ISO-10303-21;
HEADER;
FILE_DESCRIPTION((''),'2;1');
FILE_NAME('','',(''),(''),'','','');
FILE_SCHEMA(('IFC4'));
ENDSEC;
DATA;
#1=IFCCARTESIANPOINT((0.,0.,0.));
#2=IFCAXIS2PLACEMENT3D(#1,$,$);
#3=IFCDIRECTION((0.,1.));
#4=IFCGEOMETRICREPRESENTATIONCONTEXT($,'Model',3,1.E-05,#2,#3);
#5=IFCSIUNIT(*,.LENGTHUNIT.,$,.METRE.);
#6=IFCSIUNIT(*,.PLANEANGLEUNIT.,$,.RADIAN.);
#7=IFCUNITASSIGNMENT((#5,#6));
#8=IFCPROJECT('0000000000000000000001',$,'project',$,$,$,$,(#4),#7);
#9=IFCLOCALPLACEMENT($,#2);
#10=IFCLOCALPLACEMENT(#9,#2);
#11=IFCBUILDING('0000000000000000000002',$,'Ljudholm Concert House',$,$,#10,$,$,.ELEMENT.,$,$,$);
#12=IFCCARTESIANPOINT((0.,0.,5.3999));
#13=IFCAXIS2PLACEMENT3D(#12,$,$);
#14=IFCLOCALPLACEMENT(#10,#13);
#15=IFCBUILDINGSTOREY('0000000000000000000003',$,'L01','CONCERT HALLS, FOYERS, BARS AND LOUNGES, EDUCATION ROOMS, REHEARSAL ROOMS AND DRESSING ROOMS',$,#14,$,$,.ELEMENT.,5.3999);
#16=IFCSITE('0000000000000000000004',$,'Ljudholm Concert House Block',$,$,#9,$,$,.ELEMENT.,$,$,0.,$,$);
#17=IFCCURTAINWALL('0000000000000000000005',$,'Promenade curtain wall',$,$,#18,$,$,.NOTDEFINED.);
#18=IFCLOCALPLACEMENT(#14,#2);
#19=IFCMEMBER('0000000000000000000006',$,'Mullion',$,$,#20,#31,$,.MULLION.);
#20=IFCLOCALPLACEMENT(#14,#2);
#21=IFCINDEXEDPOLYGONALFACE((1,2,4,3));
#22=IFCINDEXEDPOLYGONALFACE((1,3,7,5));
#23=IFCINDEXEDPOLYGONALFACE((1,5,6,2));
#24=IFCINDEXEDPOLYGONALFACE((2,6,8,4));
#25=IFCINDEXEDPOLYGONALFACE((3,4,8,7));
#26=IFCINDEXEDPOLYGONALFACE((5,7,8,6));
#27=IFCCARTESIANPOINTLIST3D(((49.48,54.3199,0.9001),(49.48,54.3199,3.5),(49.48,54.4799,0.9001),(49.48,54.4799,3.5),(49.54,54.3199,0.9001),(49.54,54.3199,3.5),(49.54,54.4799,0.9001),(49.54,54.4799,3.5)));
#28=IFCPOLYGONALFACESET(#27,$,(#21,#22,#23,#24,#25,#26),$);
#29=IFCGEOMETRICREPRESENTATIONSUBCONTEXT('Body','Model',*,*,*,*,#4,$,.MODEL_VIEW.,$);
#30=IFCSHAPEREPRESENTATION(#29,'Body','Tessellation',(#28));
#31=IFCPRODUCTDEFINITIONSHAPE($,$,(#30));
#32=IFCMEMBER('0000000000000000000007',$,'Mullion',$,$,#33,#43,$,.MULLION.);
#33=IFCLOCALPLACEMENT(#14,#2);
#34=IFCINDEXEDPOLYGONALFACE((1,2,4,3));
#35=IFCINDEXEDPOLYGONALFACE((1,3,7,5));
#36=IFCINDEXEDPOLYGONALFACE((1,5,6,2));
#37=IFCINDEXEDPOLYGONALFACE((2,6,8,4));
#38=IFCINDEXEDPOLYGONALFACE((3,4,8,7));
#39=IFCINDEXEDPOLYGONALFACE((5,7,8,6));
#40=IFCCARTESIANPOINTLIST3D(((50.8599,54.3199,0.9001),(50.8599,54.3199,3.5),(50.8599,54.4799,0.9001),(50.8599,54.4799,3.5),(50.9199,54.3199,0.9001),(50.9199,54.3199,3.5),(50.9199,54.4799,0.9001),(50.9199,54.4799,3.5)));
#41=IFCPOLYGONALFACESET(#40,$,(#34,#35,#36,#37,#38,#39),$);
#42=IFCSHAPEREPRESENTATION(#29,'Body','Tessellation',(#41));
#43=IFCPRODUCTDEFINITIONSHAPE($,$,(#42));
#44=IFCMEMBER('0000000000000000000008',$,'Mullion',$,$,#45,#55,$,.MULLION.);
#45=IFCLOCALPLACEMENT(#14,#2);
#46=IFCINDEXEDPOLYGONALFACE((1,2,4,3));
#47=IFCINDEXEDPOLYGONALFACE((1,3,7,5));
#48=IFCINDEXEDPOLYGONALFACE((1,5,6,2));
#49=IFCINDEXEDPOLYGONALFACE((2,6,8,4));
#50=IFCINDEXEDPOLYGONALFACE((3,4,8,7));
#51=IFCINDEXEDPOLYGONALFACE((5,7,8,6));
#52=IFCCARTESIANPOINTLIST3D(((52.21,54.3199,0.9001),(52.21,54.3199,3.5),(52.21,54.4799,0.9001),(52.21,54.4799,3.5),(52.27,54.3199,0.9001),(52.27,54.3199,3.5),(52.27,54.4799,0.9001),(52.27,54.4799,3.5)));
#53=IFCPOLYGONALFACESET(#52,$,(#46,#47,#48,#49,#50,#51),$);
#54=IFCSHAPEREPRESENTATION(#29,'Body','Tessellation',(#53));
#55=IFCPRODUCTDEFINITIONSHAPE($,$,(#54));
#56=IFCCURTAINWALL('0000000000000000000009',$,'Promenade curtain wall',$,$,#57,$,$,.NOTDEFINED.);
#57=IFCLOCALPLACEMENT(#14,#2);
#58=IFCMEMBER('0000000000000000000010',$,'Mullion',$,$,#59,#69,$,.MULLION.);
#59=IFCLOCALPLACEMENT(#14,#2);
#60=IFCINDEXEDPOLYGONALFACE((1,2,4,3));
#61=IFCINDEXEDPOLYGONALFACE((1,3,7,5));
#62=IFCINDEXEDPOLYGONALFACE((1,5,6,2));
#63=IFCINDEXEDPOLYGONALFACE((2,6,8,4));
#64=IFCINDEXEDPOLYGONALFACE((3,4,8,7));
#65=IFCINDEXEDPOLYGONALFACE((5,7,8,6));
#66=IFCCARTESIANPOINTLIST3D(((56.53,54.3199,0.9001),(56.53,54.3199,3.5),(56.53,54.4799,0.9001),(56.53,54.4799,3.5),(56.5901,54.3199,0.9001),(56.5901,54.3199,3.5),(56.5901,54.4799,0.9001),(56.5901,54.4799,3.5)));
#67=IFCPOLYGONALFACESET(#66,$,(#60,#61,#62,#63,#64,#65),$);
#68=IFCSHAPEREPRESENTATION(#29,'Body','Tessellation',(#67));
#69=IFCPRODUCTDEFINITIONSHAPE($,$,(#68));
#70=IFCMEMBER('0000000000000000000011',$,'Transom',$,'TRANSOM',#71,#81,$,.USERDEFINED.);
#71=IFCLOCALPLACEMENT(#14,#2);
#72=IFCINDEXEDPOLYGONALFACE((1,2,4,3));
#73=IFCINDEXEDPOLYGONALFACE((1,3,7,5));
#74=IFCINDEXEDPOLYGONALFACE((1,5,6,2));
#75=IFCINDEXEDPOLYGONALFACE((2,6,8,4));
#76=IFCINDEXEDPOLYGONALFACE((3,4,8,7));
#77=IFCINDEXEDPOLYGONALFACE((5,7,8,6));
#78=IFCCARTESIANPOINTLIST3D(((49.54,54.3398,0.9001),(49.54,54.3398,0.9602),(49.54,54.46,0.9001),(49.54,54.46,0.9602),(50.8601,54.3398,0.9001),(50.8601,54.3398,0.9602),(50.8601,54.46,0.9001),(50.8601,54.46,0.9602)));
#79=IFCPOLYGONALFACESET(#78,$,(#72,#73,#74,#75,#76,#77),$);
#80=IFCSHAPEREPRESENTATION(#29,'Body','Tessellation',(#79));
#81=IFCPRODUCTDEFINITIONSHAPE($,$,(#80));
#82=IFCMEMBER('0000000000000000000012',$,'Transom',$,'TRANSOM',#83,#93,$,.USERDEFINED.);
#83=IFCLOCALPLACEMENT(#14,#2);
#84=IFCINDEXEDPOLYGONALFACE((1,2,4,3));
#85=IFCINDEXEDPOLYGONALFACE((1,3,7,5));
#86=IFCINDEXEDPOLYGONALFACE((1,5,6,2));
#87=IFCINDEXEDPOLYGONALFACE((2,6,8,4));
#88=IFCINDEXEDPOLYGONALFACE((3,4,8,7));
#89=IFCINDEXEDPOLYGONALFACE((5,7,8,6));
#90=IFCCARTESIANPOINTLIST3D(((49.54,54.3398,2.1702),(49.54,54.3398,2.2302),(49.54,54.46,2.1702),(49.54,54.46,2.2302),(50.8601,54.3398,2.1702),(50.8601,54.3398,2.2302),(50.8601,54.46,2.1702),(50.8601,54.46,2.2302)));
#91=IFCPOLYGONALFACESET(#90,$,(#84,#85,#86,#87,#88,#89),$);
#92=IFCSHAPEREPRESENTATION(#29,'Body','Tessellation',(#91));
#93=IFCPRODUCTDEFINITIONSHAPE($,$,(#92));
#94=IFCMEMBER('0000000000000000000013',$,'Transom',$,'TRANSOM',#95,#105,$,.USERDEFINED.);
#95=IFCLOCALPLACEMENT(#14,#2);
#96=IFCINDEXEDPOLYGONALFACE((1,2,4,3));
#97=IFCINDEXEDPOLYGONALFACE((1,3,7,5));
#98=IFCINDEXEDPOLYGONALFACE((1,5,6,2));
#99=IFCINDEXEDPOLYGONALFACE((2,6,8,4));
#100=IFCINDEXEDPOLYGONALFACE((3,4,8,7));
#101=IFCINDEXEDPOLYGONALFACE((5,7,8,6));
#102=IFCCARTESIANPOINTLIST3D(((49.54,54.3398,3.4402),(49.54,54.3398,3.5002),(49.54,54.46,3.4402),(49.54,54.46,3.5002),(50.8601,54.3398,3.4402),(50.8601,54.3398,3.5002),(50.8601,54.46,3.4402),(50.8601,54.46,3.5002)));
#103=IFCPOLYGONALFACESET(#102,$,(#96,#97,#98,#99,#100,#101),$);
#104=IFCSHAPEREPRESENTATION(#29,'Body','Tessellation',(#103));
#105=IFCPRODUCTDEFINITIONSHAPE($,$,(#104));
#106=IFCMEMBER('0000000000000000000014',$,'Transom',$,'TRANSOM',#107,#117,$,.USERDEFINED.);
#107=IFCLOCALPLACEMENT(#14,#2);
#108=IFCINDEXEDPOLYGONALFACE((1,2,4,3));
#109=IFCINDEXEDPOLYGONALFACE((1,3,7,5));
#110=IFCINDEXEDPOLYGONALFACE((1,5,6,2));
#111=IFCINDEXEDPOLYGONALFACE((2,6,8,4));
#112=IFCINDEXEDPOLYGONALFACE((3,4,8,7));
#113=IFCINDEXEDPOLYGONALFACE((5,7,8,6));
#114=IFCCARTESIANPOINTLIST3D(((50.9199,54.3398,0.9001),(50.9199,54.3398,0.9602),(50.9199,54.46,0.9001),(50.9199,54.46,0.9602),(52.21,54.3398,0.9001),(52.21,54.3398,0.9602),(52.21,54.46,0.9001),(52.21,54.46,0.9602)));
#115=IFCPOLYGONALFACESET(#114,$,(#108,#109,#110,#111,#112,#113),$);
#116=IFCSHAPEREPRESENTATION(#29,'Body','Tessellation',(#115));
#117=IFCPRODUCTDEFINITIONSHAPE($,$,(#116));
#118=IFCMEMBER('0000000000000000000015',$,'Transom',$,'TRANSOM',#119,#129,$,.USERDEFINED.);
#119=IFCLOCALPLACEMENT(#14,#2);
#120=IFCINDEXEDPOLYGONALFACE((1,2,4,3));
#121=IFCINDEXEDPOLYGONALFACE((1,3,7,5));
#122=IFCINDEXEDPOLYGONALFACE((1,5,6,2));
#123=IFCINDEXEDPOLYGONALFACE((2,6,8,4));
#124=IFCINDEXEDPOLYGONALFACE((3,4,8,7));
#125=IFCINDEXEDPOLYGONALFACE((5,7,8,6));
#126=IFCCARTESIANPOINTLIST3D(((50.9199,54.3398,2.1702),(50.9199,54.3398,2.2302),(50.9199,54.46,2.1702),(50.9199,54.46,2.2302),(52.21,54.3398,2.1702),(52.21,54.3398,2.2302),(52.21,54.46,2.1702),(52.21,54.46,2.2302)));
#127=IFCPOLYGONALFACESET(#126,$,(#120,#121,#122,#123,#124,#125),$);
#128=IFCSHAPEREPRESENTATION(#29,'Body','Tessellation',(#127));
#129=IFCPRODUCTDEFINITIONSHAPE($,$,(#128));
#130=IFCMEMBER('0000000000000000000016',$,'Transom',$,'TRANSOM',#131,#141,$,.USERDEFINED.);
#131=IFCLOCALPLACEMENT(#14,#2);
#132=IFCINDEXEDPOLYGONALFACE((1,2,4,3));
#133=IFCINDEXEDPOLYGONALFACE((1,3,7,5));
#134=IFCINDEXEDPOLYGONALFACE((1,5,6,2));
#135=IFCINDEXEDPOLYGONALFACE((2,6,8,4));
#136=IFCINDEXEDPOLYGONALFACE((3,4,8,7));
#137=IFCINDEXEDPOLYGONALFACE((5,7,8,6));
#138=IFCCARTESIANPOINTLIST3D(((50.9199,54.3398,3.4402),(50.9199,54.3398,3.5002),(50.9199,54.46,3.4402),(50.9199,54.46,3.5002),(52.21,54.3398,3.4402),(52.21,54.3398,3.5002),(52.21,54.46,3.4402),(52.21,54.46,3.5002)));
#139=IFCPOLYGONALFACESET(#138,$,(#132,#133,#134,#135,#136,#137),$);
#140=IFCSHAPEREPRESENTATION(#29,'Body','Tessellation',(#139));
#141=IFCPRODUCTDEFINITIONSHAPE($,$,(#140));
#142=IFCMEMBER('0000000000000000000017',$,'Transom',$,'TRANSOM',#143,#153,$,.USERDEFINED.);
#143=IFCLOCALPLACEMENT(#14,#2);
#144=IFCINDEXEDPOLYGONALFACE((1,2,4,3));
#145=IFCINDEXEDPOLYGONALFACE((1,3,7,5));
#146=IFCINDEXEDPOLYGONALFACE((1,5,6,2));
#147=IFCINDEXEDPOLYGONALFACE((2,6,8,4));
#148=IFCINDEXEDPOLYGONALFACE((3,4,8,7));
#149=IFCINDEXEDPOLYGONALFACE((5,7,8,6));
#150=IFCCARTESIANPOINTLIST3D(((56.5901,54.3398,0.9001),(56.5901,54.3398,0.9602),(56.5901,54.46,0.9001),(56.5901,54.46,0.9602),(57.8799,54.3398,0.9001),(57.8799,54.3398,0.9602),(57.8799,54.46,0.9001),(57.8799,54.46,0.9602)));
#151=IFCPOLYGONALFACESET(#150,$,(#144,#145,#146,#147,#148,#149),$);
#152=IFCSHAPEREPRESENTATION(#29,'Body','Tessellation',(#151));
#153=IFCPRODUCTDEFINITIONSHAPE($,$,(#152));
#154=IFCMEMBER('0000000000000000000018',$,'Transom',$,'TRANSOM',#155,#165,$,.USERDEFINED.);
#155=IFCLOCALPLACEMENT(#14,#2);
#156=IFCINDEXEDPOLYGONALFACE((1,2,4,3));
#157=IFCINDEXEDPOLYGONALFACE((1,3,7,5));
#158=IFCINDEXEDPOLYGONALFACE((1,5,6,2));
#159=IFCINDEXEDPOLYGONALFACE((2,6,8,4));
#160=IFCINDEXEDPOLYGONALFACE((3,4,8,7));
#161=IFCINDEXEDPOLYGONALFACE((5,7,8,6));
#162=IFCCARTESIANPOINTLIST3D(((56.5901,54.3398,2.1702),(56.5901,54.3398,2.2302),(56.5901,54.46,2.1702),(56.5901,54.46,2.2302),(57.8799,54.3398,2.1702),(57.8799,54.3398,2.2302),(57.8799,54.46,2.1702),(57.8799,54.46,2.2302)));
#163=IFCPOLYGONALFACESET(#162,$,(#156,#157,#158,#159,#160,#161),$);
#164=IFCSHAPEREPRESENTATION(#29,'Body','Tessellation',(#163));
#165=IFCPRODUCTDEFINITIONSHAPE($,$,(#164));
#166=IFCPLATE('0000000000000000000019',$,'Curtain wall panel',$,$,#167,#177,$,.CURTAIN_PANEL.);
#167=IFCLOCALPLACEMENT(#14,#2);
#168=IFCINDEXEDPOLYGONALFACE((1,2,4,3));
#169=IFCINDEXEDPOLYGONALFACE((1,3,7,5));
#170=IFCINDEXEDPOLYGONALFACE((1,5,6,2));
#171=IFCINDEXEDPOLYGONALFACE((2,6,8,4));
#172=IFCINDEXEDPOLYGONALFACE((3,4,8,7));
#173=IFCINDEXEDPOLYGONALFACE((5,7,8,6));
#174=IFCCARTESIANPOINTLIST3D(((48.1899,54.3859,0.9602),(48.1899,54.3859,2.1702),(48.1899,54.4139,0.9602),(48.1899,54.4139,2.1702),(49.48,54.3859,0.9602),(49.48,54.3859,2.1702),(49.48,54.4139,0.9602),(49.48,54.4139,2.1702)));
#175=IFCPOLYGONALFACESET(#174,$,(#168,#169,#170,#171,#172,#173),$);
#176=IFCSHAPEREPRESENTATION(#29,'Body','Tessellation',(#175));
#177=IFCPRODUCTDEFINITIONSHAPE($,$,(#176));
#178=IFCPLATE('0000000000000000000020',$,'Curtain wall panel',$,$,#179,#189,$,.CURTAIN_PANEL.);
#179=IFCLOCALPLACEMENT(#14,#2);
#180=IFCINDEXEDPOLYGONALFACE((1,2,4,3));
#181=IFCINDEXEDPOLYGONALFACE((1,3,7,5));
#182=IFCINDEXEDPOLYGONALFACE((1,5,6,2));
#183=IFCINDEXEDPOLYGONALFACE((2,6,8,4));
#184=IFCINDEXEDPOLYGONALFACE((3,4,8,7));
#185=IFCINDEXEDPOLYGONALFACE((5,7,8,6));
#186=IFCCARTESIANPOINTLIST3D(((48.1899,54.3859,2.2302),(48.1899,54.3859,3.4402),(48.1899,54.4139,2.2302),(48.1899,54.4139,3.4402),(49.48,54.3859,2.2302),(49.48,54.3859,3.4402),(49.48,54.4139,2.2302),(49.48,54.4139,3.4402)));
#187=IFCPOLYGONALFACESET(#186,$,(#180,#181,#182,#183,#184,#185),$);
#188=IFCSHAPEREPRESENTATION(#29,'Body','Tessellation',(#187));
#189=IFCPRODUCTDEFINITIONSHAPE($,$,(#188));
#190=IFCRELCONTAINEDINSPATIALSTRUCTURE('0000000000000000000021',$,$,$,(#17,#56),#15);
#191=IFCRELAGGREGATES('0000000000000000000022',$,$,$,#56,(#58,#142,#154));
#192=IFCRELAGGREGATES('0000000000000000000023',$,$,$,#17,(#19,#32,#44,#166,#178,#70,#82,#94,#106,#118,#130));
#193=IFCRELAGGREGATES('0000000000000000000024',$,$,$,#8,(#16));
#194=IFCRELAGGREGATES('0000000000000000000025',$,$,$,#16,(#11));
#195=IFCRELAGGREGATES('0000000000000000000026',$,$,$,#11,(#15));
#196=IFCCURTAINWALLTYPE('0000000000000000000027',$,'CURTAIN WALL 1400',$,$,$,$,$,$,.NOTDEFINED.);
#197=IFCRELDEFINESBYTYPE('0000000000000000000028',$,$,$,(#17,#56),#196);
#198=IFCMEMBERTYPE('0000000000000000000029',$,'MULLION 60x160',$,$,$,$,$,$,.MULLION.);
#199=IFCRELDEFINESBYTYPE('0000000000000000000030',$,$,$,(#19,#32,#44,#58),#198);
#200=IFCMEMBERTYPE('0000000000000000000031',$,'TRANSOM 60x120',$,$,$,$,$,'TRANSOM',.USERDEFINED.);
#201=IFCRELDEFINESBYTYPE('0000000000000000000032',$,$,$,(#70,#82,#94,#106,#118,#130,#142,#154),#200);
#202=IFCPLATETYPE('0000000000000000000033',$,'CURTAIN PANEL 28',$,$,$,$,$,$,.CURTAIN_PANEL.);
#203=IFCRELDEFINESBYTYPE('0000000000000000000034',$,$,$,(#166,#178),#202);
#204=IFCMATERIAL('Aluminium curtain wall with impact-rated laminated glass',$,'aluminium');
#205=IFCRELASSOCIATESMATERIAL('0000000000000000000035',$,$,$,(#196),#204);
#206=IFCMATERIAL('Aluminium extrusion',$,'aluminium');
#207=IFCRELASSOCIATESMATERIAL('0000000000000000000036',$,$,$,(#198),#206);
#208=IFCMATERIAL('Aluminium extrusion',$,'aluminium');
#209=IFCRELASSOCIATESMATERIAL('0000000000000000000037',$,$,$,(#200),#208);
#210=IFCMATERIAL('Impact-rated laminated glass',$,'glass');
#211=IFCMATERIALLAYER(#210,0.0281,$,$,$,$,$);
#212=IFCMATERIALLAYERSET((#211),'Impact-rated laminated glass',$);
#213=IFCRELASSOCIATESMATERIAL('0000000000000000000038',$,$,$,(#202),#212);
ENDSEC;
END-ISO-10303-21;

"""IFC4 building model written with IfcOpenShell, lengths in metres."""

from ifc_helpers import new_model, si_unit, direction, frame, origin, origin_2d, place, context, subcontext, project, spatial, rectangle, extrude, material, layer, layer_set, material_profile, profile_set, type_object, element, aggregate, save


model = new_model("IFC4")

# Units and contexts
model_context = context("Model", 3, precision=1e-05, world=origin(), true_north=direction((0.0, 1.0)))
body_context = subcontext(model_context, "Body", "Model", "MODEL_VIEW")
ifc_project = project(units=[si_unit("LENGTHUNIT", "METRE"), si_unit("PLANEANGLEUNIT", "RADIAN")], contexts=[model_context])

# Site, building, storey
site_placement = place(None, origin())
site = spatial("IfcSite", under=ifc_project, at=site_placement, Name="Ljudholm Concert House Block", CompositionType="ELEMENT", RefElevation=0.0)
building_placement = place(site_placement, origin())
building = spatial("IfcBuilding", under=site, at=building_placement, Name="Ljudholm Concert House", CompositionType="ELEMENT")
storey_placement = place(building_placement, frame((0.0, 0.0, 5.3999)))
storey = spatial("IfcBuildingStorey", under=building, at=storey_placement, Name="L01", Description="CONCERT HALLS, FOYERS, BARS AND LOUNGES, EDUCATION ROOMS, REHEARSAL ROOMS AND DRESSING ROOMS", CompositionType="ELEMENT", Elevation=5.3999)

# Curtain wall, members
ifc_material_1 = material(Name="Aluminium curtain wall with impact-rated laminated glass", Category="aluminium")
curtain_wall_type = type_object("IfcCurtainWallType", Name="CURTAIN WALL 1400", PredefinedType="NOTDEFINED", material=ifc_material_1)
curtain_wall_1_placement = place(storey_placement, origin())
curtain_wall_1 = element("IfcCurtainWall", 1, at=curtain_wall_1_placement, inside=storey, type_object=curtain_wall_type, Name="Promenade curtain wall", PredefinedType="NOTDEFINED")
ifc_material_2 = material(Name="Aluminium extrusion", Category="aluminium")
ifc_material_profile_1 = material_profile(ifc_material_2, rectangle(XDim=0.1599, YDim=0.0601, at=origin_2d()), Name="MULLION 60x160")
ifc_profile_set_1 = profile_set([ifc_material_profile_1], Name="Aluminium extrusion")
member_type_1 = type_object("IfcMemberType", Name="MULLION 60x160", PredefinedType="MULLION", material=ifc_profile_set_1)
member_1_placement = place(storey_placement, frame((49.51, 54.3999, 0.9001), z_axis=(0.0, 0.0, 1.0), x_axis=(0.0, 1.0, 0.0)))
member_1 = element("IfcMember", 2, at=member_1_placement, type_object=member_type_1, Name="Mullion", PredefinedType="MULLION", context=body_context, shape_type="SweptSolid", body=[
    extrude(rectangle(XDim=0.1599, YDim=0.0601, at=origin_2d()), origin(), (0.0, 0.0, 1.0), 2.5999),
])
member_2_placement = place(storey_placement, frame((50.8899, 54.3999, 0.9001), z_axis=(0.0, 0.0, 1.0), x_axis=(0.0, 1.0, 0.0)))
member_2 = element("IfcMember", 3, at=member_2_placement, type_object=member_type_1, Name="Mullion", PredefinedType="MULLION", context=body_context, shape_type="SweptSolid", body=[
    extrude(rectangle(XDim=0.1599, YDim=0.0601, at=origin_2d()), origin(), (0.0, 0.0, 1.0), 2.5999),
])
member_3_placement = place(storey_placement, frame((52.24, 54.3999, 0.9001), z_axis=(0.0, 0.0, 1.0), x_axis=(0.0, 1.0, 0.0)))
member_3 = element("IfcMember", 4, at=member_3_placement, type_object=member_type_1, Name="Mullion", PredefinedType="MULLION", context=body_context, shape_type="SweptSolid", body=[
    extrude(rectangle(XDim=0.1599, YDim=0.0601, at=origin_2d()), origin(), (0.0, 0.0, 1.0), 2.5999),
])

# Curtain wall, member
curtain_wall_2_placement = place(storey_placement, origin())
curtain_wall_2 = element("IfcCurtainWall", 5, at=curtain_wall_2_placement, inside=storey, type_object=curtain_wall_type, Name="Promenade curtain wall", PredefinedType="NOTDEFINED")
member_4_placement = place(storey_placement, frame((56.5601, 54.3999, 0.9001), z_axis=(0.0, 0.0, 1.0), x_axis=(0.0, 1.0, 0.0)))
member_4 = element("IfcMember", 6, at=member_4_placement, type_object=member_type_1, Name="Mullion", PredefinedType="MULLION", context=body_context, shape_type="SweptSolid", body=[
    extrude(rectangle(XDim=0.1599, YDim=0.0601, at=origin_2d()), origin(), (0.0, 0.0, 1.0), 2.5999),
])

# Members
ifc_material_3 = material(Name="Aluminium extrusion", Category="aluminium")
ifc_material_profile_2 = material_profile(ifc_material_3, rectangle(XDim=0.1201, YDim=0.0601, at=origin_2d()), Name="TRANSOM 60x120")
ifc_profile_set_2 = profile_set([ifc_material_profile_2], Name="Aluminium extrusion")
member_type_2 = type_object("IfcMemberType", Name="TRANSOM 60x120", ElementType="TRANSOM", PredefinedType="USERDEFINED", material=ifc_profile_set_2)
member_5_placement = place(storey_placement, frame((49.54, 54.3999, 0.9302), z_axis=(1.0, 0.0, 0.0), x_axis=(0.0, 1.0, 0.0)))
member_5 = element("IfcMember", 7, at=member_5_placement, type_object=member_type_2, Name="Transom", ObjectType="TRANSOM", PredefinedType="USERDEFINED", context=body_context, shape_type="SweptSolid", body=[
    extrude(rectangle(XDim=0.1201, YDim=0.0601, at=origin_2d()), origin(), (0.0, 0.0, 1.0), 1.3201),
])
member_6_placement = place(storey_placement, frame((49.54, 54.3999, 2.2002), z_axis=(1.0, 0.0, 0.0), x_axis=(0.0, 1.0, 0.0)))
member_6 = element("IfcMember", 8, at=member_6_placement, type_object=member_type_2, Name="Transom", ObjectType="TRANSOM", PredefinedType="USERDEFINED", context=body_context, shape_type="SweptSolid", body=[
    extrude(rectangle(XDim=0.1201, YDim=0.0601, at=origin_2d()), origin(), (0.0, 0.0, 1.0), 1.3201),
])
member_7_placement = place(storey_placement, frame((49.54, 54.3999, 3.4702), z_axis=(1.0, 0.0, 0.0), x_axis=(0.0, 1.0, 0.0)))
member_7 = element("IfcMember", 9, at=member_7_placement, type_object=member_type_2, Name="Transom", ObjectType="TRANSOM", PredefinedType="USERDEFINED", context=body_context, shape_type="SweptSolid", body=[
    extrude(rectangle(XDim=0.1201, YDim=0.0601, at=origin_2d()), origin(), (0.0, 0.0, 1.0), 1.3201),
])
member_8_placement = place(storey_placement, frame((50.9199, 54.3999, 0.9302), z_axis=(1.0, 0.0, 0.0), x_axis=(0.0, 1.0, 0.0)))
member_8 = element("IfcMember", 10, at=member_8_placement, type_object=member_type_2, Name="Transom", ObjectType="TRANSOM", PredefinedType="USERDEFINED", context=body_context, shape_type="SweptSolid", body=[
    extrude(rectangle(XDim=0.1201, YDim=0.0601, at=origin_2d()), origin(), (0.0, 0.0, 1.0), 1.29),
])
member_9_placement = place(storey_placement, frame((50.9199, 54.3999, 2.2002), z_axis=(1.0, 0.0, 0.0), x_axis=(0.0, 1.0, 0.0)))
member_9 = element("IfcMember", 11, at=member_9_placement, type_object=member_type_2, Name="Transom", ObjectType="TRANSOM", PredefinedType="USERDEFINED", context=body_context, shape_type="SweptSolid", body=[
    extrude(rectangle(XDim=0.1201, YDim=0.0601, at=origin_2d()), origin(), (0.0, 0.0, 1.0), 1.29),
])
member_10_placement = place(storey_placement, frame((50.9199, 54.3999, 3.4702), z_axis=(1.0, 0.0, 0.0), x_axis=(0.0, 1.0, 0.0)))
member_10 = element("IfcMember", 12, at=member_10_placement, type_object=member_type_2, Name="Transom", ObjectType="TRANSOM", PredefinedType="USERDEFINED", context=body_context, shape_type="SweptSolid", body=[
    extrude(rectangle(XDim=0.1201, YDim=0.0601, at=origin_2d()), origin(), (0.0, 0.0, 1.0), 1.29),
])
member_11_placement = place(storey_placement, frame((56.5901, 54.3999, 0.9302), z_axis=(1.0, 0.0, 0.0), x_axis=(0.0, 1.0, 0.0)))
member_11 = element("IfcMember", 13, at=member_11_placement, type_object=member_type_2, Name="Transom", ObjectType="TRANSOM", PredefinedType="USERDEFINED", context=body_context, shape_type="SweptSolid", body=[
    extrude(rectangle(XDim=0.1201, YDim=0.0601, at=origin_2d()), origin(), (0.0, 0.0, 1.0), 1.2898),
])
member_12_placement = place(storey_placement, frame((56.5901, 54.3999, 2.2002), z_axis=(1.0, 0.0, 0.0), x_axis=(0.0, 1.0, 0.0)))
member_12 = element("IfcMember", 14, at=member_12_placement, type_object=member_type_2, Name="Transom", ObjectType="TRANSOM", PredefinedType="USERDEFINED", context=body_context, shape_type="SweptSolid", body=[
    extrude(rectangle(XDim=0.1201, YDim=0.0601, at=origin_2d()), origin(), (0.0, 0.0, 1.0), 1.2898),
])
aggregate(curtain_wall_2, [member_4, member_11, member_12])

# Plates
ifc_material_4 = material(Name="Impact-rated laminated glass", Category="glass")
ifc_layer_1 = layer(ifc_material_4, 0.0281)
ifc_layer_set_1 = layer_set([ifc_layer_1], Name="Impact-rated laminated glass")
plate_type = type_object("IfcPlateType", Name="CURTAIN PANEL 28", PredefinedType="CURTAIN_PANEL", material=ifc_layer_set_1)
plate_1_placement = place(storey_placement, frame((48.835, 54.3999, 0.9602), z_axis=(0.0, 0.0, 1.0), x_axis=(1.0, 0.0, 0.0)))
plate_1 = element("IfcPlate", 15, at=plate_1_placement, type_object=plate_type, Name="Curtain wall panel", PredefinedType="CURTAIN_PANEL", context=body_context, shape_type="SweptSolid", body=[
    extrude(rectangle(XDim=1.29, YDim=0.0281, at=origin_2d()), origin(), (0.0, 0.0, 1.0), 1.21),
])
plate_2_placement = place(storey_placement, frame((48.835, 54.3999, 2.2302), z_axis=(0.0, 0.0, 1.0), x_axis=(1.0, 0.0, 0.0)))
plate_2 = element("IfcPlate", 16, at=plate_2_placement, type_object=plate_type, Name="Curtain wall panel", PredefinedType="CURTAIN_PANEL", context=body_context, shape_type="SweptSolid", body=[
    extrude(rectangle(XDim=1.29, YDim=0.0281, at=origin_2d()), origin(), (0.0, 0.0, 1.0), 1.21),
])
aggregate(curtain_wall_1, [member_1, member_2, member_3, plate_1, plate_2, member_5, member_6, member_7, member_8, member_9, member_10])

save(model, "model.ifc")
